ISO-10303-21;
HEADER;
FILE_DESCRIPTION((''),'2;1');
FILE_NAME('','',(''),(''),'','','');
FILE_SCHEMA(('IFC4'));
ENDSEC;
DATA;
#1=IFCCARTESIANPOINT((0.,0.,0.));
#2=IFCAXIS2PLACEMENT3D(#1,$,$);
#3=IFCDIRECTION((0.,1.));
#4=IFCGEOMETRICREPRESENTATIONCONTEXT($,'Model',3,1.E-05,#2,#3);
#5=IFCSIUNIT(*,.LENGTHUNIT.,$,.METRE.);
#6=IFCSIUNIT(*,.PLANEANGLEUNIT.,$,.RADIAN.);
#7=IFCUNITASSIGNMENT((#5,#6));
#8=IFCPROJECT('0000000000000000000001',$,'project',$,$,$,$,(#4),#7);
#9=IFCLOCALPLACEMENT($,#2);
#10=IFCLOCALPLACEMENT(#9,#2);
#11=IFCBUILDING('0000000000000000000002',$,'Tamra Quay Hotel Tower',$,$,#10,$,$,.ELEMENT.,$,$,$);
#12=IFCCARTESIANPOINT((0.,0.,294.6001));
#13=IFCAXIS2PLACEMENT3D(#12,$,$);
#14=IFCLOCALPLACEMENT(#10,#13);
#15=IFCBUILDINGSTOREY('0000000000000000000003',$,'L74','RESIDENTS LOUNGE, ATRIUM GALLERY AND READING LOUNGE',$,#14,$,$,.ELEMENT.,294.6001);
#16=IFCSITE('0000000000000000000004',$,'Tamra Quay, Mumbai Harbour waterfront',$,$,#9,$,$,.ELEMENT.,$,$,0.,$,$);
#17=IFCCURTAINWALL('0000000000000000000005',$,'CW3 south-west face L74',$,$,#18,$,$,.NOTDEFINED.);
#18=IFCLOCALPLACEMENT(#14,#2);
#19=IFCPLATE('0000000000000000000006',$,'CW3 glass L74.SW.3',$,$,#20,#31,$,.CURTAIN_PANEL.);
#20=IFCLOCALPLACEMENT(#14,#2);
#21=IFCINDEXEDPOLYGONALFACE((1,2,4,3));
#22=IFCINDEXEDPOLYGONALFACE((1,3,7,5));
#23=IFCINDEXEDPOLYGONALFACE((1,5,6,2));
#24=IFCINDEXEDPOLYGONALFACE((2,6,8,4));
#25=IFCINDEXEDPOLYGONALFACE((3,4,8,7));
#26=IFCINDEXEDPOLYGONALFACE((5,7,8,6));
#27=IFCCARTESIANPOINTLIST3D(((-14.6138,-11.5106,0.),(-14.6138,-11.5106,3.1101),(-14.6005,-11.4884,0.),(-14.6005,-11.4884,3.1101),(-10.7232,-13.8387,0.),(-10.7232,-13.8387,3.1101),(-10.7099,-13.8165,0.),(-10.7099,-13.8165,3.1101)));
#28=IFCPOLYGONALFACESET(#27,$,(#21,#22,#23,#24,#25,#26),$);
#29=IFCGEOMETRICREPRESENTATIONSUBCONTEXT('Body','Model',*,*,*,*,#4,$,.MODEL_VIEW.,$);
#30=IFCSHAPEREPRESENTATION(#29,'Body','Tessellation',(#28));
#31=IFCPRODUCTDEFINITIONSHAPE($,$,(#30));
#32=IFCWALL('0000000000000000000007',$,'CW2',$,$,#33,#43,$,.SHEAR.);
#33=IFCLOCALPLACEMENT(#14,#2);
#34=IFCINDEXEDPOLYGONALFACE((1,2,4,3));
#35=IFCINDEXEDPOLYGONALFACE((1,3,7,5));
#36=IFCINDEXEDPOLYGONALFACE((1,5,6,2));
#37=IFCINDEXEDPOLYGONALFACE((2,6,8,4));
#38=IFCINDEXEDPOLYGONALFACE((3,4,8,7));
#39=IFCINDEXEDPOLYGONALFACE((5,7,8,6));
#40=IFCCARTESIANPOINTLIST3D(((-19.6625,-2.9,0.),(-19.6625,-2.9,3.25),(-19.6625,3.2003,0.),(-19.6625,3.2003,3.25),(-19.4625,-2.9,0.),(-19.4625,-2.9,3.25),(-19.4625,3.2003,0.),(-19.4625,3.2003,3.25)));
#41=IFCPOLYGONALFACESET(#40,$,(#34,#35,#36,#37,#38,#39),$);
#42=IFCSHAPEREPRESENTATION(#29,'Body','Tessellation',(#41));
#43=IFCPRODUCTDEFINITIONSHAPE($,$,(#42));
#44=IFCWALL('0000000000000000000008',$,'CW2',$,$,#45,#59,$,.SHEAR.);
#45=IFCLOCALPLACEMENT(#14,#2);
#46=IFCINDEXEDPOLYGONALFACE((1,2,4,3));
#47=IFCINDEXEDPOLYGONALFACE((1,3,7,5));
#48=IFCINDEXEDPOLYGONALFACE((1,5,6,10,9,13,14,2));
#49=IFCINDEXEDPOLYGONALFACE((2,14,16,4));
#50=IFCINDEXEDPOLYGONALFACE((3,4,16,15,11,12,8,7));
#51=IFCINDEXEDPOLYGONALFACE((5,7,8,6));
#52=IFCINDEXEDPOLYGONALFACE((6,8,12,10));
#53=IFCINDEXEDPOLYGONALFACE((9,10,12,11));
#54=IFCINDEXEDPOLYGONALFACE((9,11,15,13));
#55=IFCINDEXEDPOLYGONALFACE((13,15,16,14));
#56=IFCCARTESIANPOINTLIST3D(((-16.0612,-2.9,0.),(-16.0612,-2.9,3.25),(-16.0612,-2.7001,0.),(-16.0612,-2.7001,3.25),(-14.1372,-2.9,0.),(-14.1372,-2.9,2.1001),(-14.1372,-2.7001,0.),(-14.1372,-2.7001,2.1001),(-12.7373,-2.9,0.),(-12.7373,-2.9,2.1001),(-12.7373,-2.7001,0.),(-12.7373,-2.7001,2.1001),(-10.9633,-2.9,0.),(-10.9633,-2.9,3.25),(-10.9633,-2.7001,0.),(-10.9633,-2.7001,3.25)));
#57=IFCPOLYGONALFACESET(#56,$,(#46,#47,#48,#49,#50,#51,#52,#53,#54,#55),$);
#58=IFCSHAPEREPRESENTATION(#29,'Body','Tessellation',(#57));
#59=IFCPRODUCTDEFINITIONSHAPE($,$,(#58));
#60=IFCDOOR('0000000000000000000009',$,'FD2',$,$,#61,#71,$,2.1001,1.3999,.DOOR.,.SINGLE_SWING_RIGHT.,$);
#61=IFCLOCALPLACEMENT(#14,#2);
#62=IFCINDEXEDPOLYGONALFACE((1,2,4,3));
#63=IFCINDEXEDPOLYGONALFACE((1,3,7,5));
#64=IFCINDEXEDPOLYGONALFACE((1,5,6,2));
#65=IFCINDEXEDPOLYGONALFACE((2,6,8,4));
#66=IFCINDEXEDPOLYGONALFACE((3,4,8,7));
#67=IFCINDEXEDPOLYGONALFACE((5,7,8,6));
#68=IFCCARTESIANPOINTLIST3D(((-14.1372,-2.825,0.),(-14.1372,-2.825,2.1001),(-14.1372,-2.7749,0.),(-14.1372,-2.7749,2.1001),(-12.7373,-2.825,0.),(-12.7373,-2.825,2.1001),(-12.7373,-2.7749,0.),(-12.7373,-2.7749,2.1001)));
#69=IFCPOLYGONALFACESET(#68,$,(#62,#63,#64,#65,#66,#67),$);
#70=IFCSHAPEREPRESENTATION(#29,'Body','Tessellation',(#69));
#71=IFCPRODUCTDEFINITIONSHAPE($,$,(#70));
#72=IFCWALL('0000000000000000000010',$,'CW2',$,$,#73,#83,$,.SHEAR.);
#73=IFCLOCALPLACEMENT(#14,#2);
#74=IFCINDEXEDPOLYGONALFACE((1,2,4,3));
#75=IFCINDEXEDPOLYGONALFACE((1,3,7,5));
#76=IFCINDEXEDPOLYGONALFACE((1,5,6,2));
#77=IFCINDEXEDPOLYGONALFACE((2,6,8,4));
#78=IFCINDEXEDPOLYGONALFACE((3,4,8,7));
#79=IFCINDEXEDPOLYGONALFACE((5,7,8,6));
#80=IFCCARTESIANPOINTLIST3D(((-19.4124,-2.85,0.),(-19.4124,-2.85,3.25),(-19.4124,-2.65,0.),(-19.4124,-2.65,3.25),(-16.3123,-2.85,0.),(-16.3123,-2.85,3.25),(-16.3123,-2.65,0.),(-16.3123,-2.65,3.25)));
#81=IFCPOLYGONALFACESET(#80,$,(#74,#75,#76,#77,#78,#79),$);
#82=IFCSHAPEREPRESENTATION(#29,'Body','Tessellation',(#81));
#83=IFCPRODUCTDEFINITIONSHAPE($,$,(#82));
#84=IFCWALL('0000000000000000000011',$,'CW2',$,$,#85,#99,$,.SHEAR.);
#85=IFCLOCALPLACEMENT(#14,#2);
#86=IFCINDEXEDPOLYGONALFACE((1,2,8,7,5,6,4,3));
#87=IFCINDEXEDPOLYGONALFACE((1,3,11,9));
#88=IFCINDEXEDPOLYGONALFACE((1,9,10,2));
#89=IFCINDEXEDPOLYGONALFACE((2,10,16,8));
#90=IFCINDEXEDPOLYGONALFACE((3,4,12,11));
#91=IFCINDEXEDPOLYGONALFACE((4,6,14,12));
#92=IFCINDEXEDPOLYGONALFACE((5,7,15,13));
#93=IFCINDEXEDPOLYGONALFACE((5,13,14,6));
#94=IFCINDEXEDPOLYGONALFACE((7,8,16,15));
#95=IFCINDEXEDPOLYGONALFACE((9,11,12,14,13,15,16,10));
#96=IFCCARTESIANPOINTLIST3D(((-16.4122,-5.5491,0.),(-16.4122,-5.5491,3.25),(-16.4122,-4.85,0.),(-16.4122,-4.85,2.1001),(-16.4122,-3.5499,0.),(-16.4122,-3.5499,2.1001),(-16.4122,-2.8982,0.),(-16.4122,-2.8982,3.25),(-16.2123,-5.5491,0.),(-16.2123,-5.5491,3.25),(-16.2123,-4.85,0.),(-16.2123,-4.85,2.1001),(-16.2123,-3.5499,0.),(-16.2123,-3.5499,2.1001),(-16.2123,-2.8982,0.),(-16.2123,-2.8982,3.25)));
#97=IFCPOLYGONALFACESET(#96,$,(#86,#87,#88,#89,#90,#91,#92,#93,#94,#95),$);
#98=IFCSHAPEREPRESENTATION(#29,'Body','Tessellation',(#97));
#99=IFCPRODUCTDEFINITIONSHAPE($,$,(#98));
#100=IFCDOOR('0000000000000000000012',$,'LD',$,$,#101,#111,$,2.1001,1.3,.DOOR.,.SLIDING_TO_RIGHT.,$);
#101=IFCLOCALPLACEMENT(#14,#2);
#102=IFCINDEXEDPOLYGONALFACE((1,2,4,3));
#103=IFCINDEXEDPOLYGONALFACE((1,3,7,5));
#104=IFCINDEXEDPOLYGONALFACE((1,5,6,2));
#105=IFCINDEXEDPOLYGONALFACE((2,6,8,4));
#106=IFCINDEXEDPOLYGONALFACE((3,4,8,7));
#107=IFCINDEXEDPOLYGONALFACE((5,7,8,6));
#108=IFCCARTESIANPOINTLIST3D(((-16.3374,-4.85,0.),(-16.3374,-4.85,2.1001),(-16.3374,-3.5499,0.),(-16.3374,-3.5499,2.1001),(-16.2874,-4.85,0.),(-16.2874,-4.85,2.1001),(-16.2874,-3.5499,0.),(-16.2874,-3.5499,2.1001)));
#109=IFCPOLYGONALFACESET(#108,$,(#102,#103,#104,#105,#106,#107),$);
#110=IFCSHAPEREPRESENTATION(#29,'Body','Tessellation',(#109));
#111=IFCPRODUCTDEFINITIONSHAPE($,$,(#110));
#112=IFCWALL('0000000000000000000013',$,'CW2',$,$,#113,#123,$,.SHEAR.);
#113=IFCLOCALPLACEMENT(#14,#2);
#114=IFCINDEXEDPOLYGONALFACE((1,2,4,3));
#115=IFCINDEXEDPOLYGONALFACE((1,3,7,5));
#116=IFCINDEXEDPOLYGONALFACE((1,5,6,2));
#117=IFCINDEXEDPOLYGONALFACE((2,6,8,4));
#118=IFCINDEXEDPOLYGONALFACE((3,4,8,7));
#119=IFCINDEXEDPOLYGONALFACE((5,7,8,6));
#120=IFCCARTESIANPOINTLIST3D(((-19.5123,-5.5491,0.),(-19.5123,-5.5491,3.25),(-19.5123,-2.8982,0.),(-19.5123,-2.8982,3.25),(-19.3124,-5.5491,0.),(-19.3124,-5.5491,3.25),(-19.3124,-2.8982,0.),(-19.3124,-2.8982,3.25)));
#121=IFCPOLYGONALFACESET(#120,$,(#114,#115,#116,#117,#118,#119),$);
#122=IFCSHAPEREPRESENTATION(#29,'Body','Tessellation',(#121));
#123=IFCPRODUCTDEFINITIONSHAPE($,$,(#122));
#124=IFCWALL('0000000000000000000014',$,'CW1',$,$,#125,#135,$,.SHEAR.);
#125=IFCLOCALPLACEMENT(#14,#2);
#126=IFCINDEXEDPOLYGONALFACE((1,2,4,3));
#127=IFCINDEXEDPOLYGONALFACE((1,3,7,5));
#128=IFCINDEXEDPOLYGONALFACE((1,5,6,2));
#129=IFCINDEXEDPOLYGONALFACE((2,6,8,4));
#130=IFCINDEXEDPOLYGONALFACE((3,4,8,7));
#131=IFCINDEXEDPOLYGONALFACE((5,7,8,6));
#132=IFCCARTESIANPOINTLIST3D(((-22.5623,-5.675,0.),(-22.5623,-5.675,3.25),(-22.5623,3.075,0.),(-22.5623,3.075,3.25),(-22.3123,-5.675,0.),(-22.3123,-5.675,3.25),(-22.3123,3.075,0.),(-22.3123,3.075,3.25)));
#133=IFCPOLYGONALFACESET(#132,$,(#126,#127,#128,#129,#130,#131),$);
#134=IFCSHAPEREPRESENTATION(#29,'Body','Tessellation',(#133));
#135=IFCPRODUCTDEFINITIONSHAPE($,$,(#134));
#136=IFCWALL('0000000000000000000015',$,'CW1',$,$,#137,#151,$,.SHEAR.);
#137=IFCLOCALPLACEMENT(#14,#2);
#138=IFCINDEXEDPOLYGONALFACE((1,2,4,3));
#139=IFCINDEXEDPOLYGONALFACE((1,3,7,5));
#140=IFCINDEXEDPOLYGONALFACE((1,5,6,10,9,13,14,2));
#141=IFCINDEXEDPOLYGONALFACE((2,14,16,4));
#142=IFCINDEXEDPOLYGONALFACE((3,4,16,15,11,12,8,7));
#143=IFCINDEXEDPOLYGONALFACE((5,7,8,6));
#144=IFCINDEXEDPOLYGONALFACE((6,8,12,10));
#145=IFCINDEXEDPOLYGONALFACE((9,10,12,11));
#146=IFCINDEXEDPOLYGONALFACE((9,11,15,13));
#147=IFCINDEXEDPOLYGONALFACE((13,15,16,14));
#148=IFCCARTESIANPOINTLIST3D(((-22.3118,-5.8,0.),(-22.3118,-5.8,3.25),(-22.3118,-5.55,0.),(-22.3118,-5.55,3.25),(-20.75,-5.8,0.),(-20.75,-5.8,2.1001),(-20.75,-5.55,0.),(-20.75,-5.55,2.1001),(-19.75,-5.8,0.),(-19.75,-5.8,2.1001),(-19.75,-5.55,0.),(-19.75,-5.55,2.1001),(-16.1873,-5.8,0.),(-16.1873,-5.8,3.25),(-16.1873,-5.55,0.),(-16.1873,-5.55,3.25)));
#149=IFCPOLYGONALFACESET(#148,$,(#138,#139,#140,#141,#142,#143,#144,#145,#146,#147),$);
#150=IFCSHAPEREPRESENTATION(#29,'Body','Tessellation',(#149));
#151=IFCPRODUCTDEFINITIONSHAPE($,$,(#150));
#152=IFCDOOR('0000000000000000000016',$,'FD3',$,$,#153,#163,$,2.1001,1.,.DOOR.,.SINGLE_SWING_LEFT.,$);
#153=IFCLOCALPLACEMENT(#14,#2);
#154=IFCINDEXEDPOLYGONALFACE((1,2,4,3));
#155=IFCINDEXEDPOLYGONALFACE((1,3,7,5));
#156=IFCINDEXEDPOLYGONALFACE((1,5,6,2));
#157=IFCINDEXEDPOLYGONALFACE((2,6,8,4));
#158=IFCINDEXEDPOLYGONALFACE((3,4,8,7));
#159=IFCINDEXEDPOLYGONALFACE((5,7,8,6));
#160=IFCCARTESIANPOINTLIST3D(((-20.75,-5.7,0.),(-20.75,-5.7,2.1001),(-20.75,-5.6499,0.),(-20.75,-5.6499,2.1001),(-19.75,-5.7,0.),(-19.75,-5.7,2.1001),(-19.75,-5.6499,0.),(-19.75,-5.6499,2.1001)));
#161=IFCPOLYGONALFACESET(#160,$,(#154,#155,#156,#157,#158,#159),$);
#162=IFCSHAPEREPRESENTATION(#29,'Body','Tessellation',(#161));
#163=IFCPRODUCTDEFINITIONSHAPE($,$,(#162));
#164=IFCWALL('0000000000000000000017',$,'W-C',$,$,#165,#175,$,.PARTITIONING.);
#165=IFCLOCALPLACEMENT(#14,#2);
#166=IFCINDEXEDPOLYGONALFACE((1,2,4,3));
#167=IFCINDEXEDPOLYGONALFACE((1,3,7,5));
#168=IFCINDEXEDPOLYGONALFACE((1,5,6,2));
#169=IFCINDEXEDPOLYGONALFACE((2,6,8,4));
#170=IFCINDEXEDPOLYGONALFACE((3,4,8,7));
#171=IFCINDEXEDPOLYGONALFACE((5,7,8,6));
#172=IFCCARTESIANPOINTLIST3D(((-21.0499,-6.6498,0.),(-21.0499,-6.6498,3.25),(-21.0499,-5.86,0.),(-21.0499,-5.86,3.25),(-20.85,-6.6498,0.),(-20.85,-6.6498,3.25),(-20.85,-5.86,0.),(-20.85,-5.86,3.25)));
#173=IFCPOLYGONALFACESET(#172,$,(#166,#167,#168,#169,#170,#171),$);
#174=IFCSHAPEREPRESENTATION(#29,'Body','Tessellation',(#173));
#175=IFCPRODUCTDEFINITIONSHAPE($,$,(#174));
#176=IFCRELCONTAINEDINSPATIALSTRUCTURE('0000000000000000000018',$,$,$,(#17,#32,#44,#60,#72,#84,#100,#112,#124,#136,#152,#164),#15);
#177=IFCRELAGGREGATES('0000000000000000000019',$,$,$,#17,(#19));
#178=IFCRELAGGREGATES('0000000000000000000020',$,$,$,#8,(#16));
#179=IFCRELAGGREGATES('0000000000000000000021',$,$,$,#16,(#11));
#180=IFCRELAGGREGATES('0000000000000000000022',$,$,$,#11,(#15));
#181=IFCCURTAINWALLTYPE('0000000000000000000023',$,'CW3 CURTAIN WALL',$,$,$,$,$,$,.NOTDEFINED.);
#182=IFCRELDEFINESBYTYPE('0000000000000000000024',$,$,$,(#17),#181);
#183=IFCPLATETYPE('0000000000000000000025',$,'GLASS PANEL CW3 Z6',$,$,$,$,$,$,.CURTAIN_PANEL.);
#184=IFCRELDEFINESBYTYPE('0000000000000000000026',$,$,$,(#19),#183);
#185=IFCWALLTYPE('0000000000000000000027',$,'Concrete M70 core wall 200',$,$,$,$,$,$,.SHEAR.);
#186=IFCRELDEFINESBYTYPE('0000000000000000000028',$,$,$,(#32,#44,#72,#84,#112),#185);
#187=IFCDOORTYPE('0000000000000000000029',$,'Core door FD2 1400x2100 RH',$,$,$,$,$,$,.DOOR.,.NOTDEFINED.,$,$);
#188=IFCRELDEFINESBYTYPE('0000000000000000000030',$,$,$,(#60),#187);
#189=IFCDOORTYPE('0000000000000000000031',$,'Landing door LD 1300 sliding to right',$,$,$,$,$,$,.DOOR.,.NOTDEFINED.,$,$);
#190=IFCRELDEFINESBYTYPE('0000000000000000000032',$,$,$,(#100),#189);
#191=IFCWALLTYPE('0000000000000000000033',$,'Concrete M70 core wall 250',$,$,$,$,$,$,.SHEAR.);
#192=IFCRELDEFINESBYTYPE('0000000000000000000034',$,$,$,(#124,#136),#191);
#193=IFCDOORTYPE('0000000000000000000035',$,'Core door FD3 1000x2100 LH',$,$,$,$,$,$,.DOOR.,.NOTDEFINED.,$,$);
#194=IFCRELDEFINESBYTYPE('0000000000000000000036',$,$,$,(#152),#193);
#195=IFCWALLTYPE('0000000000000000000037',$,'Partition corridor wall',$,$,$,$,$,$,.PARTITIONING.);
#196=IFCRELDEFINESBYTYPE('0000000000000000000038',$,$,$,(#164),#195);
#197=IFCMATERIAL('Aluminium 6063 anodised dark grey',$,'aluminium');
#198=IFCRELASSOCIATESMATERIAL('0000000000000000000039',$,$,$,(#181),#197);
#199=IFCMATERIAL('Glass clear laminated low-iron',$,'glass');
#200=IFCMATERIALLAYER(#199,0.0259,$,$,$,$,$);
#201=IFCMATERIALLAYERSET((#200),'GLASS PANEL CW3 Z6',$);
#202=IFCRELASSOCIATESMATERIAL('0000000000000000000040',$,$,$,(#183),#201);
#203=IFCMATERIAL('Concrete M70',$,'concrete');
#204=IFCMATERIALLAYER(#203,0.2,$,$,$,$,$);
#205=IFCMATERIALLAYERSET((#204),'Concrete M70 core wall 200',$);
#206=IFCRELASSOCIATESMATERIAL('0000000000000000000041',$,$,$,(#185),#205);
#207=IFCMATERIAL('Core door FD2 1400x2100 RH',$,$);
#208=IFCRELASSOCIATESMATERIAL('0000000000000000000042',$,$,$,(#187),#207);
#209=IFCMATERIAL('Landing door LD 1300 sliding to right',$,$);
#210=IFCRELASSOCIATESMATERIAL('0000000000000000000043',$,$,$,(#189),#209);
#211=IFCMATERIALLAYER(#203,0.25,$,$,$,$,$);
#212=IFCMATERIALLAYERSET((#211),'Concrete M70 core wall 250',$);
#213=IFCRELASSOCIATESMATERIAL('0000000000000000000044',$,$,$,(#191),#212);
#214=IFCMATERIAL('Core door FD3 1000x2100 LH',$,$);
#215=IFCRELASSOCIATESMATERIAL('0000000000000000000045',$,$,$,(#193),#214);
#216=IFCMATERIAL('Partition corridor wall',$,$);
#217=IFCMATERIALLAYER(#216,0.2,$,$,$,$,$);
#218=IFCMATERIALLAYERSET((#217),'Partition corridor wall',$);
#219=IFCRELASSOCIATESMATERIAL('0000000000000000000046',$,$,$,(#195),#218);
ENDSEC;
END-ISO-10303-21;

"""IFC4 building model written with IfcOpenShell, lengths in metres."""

from ifc_helpers import new_model, si_unit, direction, frame, frame_2d, origin, origin_2d, place, context, subcontext, project, spatial, rectangle, extrude, material, layer, layer_set, type_object, element, fill, aggregate, save


model = new_model("IFC4")

# Units and contexts
model_context = context("Model", 3, precision=1e-05, world=origin(), true_north=direction((0.0, 1.0)))
body_context = subcontext(model_context, "Body", "Model", "MODEL_VIEW")
ifc_project = project(units=[si_unit("LENGTHUNIT", "METRE"), si_unit("PLANEANGLEUNIT", "RADIAN")], contexts=[model_context])

# Site, building, storey
site_placement = place(None, origin())
site = spatial("IfcSite", under=ifc_project, at=site_placement, Name="Tamra Quay, Mumbai Harbour waterfront", CompositionType="ELEMENT", RefElevation=0.0)
building_placement = place(site_placement, origin())
building = spatial("IfcBuilding", under=site, at=building_placement, Name="Tamra Quay Hotel Tower", CompositionType="ELEMENT")
storey_placement = place(building_placement, frame((0.0, 0.0, 294.6001)))
storey = spatial("IfcBuildingStorey", under=building, at=storey_placement, Name="L74", Description="RESIDENTS LOUNGE, ATRIUM GALLERY AND READING LOUNGE", CompositionType="ELEMENT", Elevation=294.6001)

# Shared definitions
ifc_material_1 = material(Name="Concrete M70", Category="concrete")

# Curtain wall
ifc_material_2 = material(Name="Aluminium 6063 anodised dark grey", Category="aluminium")
curtain_wall_type_1 = type_object("IfcCurtainWallType", Name="CW3 CURTAIN WALL", PredefinedType="NOTDEFINED", material=ifc_material_2)
curtain_wall_1_placement = place(storey_placement, origin())
curtain_wall_1 = element("IfcCurtainWall", 1, at=curtain_wall_1_placement, inside=storey, type_object=curtain_wall_type_1, Name="CW3 south-west face L74", PredefinedType="NOTDEFINED")

# Plate
ifc_material_3 = material(Name="Glass clear laminated low-iron", Category="glass")
ifc_layer_1 = layer(ifc_material_3, 0.0259)
ifc_layer_set_1 = layer_set([ifc_layer_1], Name="GLASS PANEL CW3 Z6")
plate_type_1 = type_object("IfcPlateType", Name="GLASS PANEL CW3 Z6", PredefinedType="CURTAIN_PANEL", material=ifc_layer_set_1)
plate_1_placement = place(storey_placement, frame((-12.6619, -12.6636, 0.0), z_axis=(0.0, 0.0, 1.0), x_axis=(0.858103, -0.513477, 0.0)))
plate_1 = element("IfcPlate", 2, at=plate_1_placement, type_object=plate_type_1, Name="CW3 glass L74.SW.3", PredefinedType="CURTAIN_PANEL", context=body_context, shape_type="SweptSolid", body=[
    extrude(rectangle(XDim=4.5339, YDim=0.0259, at=origin_2d()), origin(), (0.0, 0.0, 1.0), 3.1101),
])
aggregate(curtain_wall_1, [plate_1])

# Wall
ifc_layer_2 = layer(ifc_material_1, 0.2)
ifc_layer_set_2 = layer_set([ifc_layer_2], Name="Concrete M70 core wall 200")
wall_type_1 = type_object("IfcWallType", Name="Concrete M70 core wall 200", PredefinedType="SHEAR", material=ifc_layer_set_2)
wall_1_placement = place(storey_placement, frame((-19.5625, -2.9001, 0.0), z_axis=(0.0, 0.0, 1.0), x_axis=(0.0, 1.0, 0.0)))
element("IfcWall", 3, at=wall_1_placement, inside=storey, type_object=wall_type_1, Name="CW2", PredefinedType="SHEAR", context=body_context, shape_type="SweptSolid", body=[
    extrude(rectangle(XDim=6.1003, YDim=0.2, at=frame_2d((3.0503, 0.0))), origin(), (0.0, 0.0, 1.0), 3.25),
])

# Wall, opening, door
wall_2_placement = place(storey_placement, frame((-10.9634, -2.8, 0.0), z_axis=(0.0, 0.0, 1.0), x_axis=(-1.0, 0.0, 0.0)))
wall_2 = element("IfcWall", 4, at=wall_2_placement, inside=storey, type_object=wall_type_1, Name="CW2", PredefinedType="SHEAR", context=body_context, shape_type="SweptSolid", body=[
    extrude(rectangle(XDim=5.0979, YDim=0.2, at=frame_2d((2.5488, 0.0))), origin(), (0.0, 0.0, 1.0), 3.25),
])
opening_1_placement = place(wall_2_placement, frame((1.7739, 0.0, 0.0)))
opening_1 = element("IfcOpeningElement", 5, at=opening_1_placement, cuts=wall_2, PredefinedType="OPENING", context=body_context, shape_type="SweptSolid", body=[
    extrude(rectangle(XDim=1.3999, YDim=2.1001, at=frame_2d((0.7, 1.05))), frame((0.0, 0.1099, 0.0), z_axis=(0.0, -1.0, 0.0), x_axis=(1.0, 0.0, 0.0)), (0.0, 0.0, 1.0), 0.22),
])
ifc_material_4 = material(Name="Core door FD2 1400x2100 RH")
door_type_1 = type_object("IfcDoorType", Name="Core door FD2 1400x2100 RH", OperationType="NOTDEFINED", PredefinedType="DOOR", material=ifc_material_4)
door_1_placement = place(opening_1_placement, origin())
door_1 = element("IfcDoor", 6, at=door_1_placement, inside=storey, type_object=door_type_1, Name="FD2", OperationType="SINGLE_SWING_RIGHT", OverallHeight=2.1001, OverallWidth=1.3999, PredefinedType="DOOR", context=body_context, shape_type="SweptSolid", body=[
    extrude(rectangle(XDim=1.3999, YDim=2.1001, at=frame_2d((0.7, 1.05))), frame((0.0, 0.0249, 0.0), z_axis=(0.0, -1.0, 0.0), x_axis=(1.0, 0.0, 0.0)), (0.0, 0.0, 1.0), 0.05),
])
fill(opening_1, door_1)

# Wall
wall_3_placement = place(storey_placement, frame((-19.4124, -2.75, 0.0), z_axis=(0.0, 0.0, 1.0), x_axis=(1.0, 0.0, 0.0)))
element("IfcWall", 7, at=wall_3_placement, inside=storey, type_object=wall_type_1, Name="CW2", PredefinedType="SHEAR", context=body_context, shape_type="SweptSolid", body=[
    extrude(rectangle(XDim=3.1001, YDim=0.2, at=frame_2d((1.55, 0.0))), origin(), (0.0, 0.0, 1.0), 3.25),
])

# Wall, opening, door
wall_4_placement = place(storey_placement, frame((-16.3123, -2.8982, 0.0), z_axis=(0.0, 0.0, 1.0), x_axis=(0.0, -1.0, 0.0)))
wall_4 = element("IfcWall", 8, at=wall_4_placement, inside=storey, type_object=wall_type_1, Name="CW2", PredefinedType="SHEAR", context=body_context, shape_type="SweptSolid", body=[
    extrude(rectangle(XDim=2.6509, YDim=0.2, at=frame_2d((1.3254, 0.0))), origin(), (0.0, 0.0, 1.0), 3.25),
])
opening_2_placement = place(wall_4_placement, frame((0.6519, 0.0, 0.0)))
opening_2 = element("IfcOpeningElement", 9, at=opening_2_placement, cuts=wall_4, PredefinedType="OPENING", context=body_context, shape_type="SweptSolid", body=[
    extrude(rectangle(XDim=1.3, YDim=2.1001, at=frame_2d((0.6499, 1.05))), frame((0.0, 0.1099, 0.0), z_axis=(0.0, -1.0, 0.0), x_axis=(1.0, 0.0, 0.0)), (0.0, 0.0, 1.0), 0.22),
])
ifc_material_5 = material(Name="Landing door LD 1300 sliding to right")
door_type_2 = type_object("IfcDoorType", Name="Landing door LD 1300 sliding to right", OperationType="NOTDEFINED", PredefinedType="DOOR", material=ifc_material_5)
door_2_placement = place(opening_2_placement, origin())
door_2 = element("IfcDoor", 10, at=door_2_placement, inside=storey, type_object=door_type_2, Name="LD", OperationType="SLIDING_TO_RIGHT", OverallHeight=2.1001, OverallWidth=1.3, PredefinedType="DOOR", context=body_context, shape_type="SweptSolid", body=[
    extrude(rectangle(XDim=1.3, YDim=2.1001, at=frame_2d((0.6499, 1.05))), frame((0.0, 0.0249, 0.0), z_axis=(0.0, -1.0, 0.0), x_axis=(1.0, 0.0, 0.0)), (0.0, 0.0, 1.0), 0.05),
])
fill(opening_2, door_2)

# Walls
wall_5_placement = place(storey_placement, frame((-19.4124, -5.5491, 0.0), z_axis=(0.0, 0.0, 1.0), x_axis=(0.0, 1.0, 0.0)))
element("IfcWall", 11, at=wall_5_placement, inside=storey, type_object=wall_type_1, Name="CW2", PredefinedType="SHEAR", context=body_context, shape_type="SweptSolid", body=[
    extrude(rectangle(XDim=2.6509, YDim=0.2, at=frame_2d((1.3254, 0.0))), origin(), (0.0, 0.0, 1.0), 3.25),
])
ifc_layer_3 = layer(ifc_material_1, 0.25)
ifc_layer_set_3 = layer_set([ifc_layer_3], Name="Concrete M70 core wall 250")
wall_type_2 = type_object("IfcWallType", Name="Concrete M70 core wall 250", PredefinedType="SHEAR", material=ifc_layer_set_3)
wall_6_placement = place(storey_placement, frame((-22.4373, -5.675, 0.0), z_axis=(0.0, 0.0, 1.0), x_axis=(0.0, 1.0, 0.0)))
element("IfcWall", 12, at=wall_6_placement, inside=storey, type_object=wall_type_2, Name="CW1", PredefinedType="SHEAR", context=body_context, shape_type="SweptSolid", body=[
    extrude(rectangle(XDim=8.75, YDim=0.25, at=frame_2d((4.375, 0.0))), origin(), (0.0, 0.0, 1.0), 3.25),
])

# Wall, opening, door
wall_7_placement = place(storey_placement, frame((-16.1873, -5.675, 0.0), z_axis=(0.0, 0.0, 1.0), x_axis=(-1.0, 0.0, 0.0)))
wall_7 = element("IfcWall", 13, at=wall_7_placement, inside=storey, type_object=wall_type_2, Name="CW1", PredefinedType="SHEAR", context=body_context, shape_type="SweptSolid", body=[
    extrude(rectangle(XDim=6.1245, YDim=0.25, at=frame_2d((3.0623, 0.0))), origin(), (0.0, 0.0, 1.0), 3.25),
])
opening_3_placement = place(wall_7_placement, frame((3.5627, 0.0, 0.0)))
opening_3 = element("IfcOpeningElement", 14, at=opening_3_placement, cuts=wall_7, PredefinedType="OPENING", context=body_context, shape_type="SweptSolid", body=[
    extrude(rectangle(XDim=1.0, YDim=2.1001, at=frame_2d((0.5, 1.05))), frame((0.0, 0.135, 0.0), z_axis=(0.0, -1.0, 0.0), x_axis=(1.0, 0.0, 0.0)), (0.0, 0.0, 1.0), 0.27),
])
ifc_material_6 = material(Name="Core door FD3 1000x2100 LH")
door_type_3 = type_object("IfcDoorType", Name="Core door FD3 1000x2100 LH", OperationType="NOTDEFINED", PredefinedType="DOOR", material=ifc_material_6)
door_3_placement = place(opening_3_placement, origin())
door_3 = element("IfcDoor", 15, at=door_3_placement, inside=storey, type_object=door_type_3, Name="FD3", OperationType="SINGLE_SWING_LEFT", OverallHeight=2.1001, OverallWidth=1.0, PredefinedType="DOOR", context=body_context, shape_type="SweptSolid", body=[
    extrude(rectangle(XDim=1.0, YDim=2.1001, at=frame_2d((0.5, 1.05))), frame((0.0, 0.0249, 0.0), z_axis=(0.0, -1.0, 0.0), x_axis=(1.0, 0.0, 0.0)), (0.0, 0.0, 1.0), 0.05),
])
fill(opening_3, door_3)

# Wall
ifc_material_7 = material(Name="Partition corridor wall")
ifc_layer_4 = layer(ifc_material_7, 0.2)
ifc_layer_set_4 = layer_set([ifc_layer_4], Name="Partition corridor wall")
wall_type_3 = type_object("IfcWallType", Name="Partition corridor wall", PredefinedType="PARTITIONING", material=ifc_layer_set_4)
wall_8_placement = place(storey_placement, frame((-20.95, -6.6499, 0.0), z_axis=(0.0, 0.0, 1.0), x_axis=(0.0, 1.0, 0.0)))
element("IfcWall", 16, at=wall_8_placement, inside=storey, type_object=wall_type_3, Name="W-C", PredefinedType="PARTITIONING", context=body_context, shape_type="SweptSolid", body=[
    extrude(rectangle(XDim=0.7898, YDim=0.2, at=frame_2d((0.395, 0.0))), origin(), (0.0, 0.0, 1.0), 3.25),
])

save(model, "model.ifc")
